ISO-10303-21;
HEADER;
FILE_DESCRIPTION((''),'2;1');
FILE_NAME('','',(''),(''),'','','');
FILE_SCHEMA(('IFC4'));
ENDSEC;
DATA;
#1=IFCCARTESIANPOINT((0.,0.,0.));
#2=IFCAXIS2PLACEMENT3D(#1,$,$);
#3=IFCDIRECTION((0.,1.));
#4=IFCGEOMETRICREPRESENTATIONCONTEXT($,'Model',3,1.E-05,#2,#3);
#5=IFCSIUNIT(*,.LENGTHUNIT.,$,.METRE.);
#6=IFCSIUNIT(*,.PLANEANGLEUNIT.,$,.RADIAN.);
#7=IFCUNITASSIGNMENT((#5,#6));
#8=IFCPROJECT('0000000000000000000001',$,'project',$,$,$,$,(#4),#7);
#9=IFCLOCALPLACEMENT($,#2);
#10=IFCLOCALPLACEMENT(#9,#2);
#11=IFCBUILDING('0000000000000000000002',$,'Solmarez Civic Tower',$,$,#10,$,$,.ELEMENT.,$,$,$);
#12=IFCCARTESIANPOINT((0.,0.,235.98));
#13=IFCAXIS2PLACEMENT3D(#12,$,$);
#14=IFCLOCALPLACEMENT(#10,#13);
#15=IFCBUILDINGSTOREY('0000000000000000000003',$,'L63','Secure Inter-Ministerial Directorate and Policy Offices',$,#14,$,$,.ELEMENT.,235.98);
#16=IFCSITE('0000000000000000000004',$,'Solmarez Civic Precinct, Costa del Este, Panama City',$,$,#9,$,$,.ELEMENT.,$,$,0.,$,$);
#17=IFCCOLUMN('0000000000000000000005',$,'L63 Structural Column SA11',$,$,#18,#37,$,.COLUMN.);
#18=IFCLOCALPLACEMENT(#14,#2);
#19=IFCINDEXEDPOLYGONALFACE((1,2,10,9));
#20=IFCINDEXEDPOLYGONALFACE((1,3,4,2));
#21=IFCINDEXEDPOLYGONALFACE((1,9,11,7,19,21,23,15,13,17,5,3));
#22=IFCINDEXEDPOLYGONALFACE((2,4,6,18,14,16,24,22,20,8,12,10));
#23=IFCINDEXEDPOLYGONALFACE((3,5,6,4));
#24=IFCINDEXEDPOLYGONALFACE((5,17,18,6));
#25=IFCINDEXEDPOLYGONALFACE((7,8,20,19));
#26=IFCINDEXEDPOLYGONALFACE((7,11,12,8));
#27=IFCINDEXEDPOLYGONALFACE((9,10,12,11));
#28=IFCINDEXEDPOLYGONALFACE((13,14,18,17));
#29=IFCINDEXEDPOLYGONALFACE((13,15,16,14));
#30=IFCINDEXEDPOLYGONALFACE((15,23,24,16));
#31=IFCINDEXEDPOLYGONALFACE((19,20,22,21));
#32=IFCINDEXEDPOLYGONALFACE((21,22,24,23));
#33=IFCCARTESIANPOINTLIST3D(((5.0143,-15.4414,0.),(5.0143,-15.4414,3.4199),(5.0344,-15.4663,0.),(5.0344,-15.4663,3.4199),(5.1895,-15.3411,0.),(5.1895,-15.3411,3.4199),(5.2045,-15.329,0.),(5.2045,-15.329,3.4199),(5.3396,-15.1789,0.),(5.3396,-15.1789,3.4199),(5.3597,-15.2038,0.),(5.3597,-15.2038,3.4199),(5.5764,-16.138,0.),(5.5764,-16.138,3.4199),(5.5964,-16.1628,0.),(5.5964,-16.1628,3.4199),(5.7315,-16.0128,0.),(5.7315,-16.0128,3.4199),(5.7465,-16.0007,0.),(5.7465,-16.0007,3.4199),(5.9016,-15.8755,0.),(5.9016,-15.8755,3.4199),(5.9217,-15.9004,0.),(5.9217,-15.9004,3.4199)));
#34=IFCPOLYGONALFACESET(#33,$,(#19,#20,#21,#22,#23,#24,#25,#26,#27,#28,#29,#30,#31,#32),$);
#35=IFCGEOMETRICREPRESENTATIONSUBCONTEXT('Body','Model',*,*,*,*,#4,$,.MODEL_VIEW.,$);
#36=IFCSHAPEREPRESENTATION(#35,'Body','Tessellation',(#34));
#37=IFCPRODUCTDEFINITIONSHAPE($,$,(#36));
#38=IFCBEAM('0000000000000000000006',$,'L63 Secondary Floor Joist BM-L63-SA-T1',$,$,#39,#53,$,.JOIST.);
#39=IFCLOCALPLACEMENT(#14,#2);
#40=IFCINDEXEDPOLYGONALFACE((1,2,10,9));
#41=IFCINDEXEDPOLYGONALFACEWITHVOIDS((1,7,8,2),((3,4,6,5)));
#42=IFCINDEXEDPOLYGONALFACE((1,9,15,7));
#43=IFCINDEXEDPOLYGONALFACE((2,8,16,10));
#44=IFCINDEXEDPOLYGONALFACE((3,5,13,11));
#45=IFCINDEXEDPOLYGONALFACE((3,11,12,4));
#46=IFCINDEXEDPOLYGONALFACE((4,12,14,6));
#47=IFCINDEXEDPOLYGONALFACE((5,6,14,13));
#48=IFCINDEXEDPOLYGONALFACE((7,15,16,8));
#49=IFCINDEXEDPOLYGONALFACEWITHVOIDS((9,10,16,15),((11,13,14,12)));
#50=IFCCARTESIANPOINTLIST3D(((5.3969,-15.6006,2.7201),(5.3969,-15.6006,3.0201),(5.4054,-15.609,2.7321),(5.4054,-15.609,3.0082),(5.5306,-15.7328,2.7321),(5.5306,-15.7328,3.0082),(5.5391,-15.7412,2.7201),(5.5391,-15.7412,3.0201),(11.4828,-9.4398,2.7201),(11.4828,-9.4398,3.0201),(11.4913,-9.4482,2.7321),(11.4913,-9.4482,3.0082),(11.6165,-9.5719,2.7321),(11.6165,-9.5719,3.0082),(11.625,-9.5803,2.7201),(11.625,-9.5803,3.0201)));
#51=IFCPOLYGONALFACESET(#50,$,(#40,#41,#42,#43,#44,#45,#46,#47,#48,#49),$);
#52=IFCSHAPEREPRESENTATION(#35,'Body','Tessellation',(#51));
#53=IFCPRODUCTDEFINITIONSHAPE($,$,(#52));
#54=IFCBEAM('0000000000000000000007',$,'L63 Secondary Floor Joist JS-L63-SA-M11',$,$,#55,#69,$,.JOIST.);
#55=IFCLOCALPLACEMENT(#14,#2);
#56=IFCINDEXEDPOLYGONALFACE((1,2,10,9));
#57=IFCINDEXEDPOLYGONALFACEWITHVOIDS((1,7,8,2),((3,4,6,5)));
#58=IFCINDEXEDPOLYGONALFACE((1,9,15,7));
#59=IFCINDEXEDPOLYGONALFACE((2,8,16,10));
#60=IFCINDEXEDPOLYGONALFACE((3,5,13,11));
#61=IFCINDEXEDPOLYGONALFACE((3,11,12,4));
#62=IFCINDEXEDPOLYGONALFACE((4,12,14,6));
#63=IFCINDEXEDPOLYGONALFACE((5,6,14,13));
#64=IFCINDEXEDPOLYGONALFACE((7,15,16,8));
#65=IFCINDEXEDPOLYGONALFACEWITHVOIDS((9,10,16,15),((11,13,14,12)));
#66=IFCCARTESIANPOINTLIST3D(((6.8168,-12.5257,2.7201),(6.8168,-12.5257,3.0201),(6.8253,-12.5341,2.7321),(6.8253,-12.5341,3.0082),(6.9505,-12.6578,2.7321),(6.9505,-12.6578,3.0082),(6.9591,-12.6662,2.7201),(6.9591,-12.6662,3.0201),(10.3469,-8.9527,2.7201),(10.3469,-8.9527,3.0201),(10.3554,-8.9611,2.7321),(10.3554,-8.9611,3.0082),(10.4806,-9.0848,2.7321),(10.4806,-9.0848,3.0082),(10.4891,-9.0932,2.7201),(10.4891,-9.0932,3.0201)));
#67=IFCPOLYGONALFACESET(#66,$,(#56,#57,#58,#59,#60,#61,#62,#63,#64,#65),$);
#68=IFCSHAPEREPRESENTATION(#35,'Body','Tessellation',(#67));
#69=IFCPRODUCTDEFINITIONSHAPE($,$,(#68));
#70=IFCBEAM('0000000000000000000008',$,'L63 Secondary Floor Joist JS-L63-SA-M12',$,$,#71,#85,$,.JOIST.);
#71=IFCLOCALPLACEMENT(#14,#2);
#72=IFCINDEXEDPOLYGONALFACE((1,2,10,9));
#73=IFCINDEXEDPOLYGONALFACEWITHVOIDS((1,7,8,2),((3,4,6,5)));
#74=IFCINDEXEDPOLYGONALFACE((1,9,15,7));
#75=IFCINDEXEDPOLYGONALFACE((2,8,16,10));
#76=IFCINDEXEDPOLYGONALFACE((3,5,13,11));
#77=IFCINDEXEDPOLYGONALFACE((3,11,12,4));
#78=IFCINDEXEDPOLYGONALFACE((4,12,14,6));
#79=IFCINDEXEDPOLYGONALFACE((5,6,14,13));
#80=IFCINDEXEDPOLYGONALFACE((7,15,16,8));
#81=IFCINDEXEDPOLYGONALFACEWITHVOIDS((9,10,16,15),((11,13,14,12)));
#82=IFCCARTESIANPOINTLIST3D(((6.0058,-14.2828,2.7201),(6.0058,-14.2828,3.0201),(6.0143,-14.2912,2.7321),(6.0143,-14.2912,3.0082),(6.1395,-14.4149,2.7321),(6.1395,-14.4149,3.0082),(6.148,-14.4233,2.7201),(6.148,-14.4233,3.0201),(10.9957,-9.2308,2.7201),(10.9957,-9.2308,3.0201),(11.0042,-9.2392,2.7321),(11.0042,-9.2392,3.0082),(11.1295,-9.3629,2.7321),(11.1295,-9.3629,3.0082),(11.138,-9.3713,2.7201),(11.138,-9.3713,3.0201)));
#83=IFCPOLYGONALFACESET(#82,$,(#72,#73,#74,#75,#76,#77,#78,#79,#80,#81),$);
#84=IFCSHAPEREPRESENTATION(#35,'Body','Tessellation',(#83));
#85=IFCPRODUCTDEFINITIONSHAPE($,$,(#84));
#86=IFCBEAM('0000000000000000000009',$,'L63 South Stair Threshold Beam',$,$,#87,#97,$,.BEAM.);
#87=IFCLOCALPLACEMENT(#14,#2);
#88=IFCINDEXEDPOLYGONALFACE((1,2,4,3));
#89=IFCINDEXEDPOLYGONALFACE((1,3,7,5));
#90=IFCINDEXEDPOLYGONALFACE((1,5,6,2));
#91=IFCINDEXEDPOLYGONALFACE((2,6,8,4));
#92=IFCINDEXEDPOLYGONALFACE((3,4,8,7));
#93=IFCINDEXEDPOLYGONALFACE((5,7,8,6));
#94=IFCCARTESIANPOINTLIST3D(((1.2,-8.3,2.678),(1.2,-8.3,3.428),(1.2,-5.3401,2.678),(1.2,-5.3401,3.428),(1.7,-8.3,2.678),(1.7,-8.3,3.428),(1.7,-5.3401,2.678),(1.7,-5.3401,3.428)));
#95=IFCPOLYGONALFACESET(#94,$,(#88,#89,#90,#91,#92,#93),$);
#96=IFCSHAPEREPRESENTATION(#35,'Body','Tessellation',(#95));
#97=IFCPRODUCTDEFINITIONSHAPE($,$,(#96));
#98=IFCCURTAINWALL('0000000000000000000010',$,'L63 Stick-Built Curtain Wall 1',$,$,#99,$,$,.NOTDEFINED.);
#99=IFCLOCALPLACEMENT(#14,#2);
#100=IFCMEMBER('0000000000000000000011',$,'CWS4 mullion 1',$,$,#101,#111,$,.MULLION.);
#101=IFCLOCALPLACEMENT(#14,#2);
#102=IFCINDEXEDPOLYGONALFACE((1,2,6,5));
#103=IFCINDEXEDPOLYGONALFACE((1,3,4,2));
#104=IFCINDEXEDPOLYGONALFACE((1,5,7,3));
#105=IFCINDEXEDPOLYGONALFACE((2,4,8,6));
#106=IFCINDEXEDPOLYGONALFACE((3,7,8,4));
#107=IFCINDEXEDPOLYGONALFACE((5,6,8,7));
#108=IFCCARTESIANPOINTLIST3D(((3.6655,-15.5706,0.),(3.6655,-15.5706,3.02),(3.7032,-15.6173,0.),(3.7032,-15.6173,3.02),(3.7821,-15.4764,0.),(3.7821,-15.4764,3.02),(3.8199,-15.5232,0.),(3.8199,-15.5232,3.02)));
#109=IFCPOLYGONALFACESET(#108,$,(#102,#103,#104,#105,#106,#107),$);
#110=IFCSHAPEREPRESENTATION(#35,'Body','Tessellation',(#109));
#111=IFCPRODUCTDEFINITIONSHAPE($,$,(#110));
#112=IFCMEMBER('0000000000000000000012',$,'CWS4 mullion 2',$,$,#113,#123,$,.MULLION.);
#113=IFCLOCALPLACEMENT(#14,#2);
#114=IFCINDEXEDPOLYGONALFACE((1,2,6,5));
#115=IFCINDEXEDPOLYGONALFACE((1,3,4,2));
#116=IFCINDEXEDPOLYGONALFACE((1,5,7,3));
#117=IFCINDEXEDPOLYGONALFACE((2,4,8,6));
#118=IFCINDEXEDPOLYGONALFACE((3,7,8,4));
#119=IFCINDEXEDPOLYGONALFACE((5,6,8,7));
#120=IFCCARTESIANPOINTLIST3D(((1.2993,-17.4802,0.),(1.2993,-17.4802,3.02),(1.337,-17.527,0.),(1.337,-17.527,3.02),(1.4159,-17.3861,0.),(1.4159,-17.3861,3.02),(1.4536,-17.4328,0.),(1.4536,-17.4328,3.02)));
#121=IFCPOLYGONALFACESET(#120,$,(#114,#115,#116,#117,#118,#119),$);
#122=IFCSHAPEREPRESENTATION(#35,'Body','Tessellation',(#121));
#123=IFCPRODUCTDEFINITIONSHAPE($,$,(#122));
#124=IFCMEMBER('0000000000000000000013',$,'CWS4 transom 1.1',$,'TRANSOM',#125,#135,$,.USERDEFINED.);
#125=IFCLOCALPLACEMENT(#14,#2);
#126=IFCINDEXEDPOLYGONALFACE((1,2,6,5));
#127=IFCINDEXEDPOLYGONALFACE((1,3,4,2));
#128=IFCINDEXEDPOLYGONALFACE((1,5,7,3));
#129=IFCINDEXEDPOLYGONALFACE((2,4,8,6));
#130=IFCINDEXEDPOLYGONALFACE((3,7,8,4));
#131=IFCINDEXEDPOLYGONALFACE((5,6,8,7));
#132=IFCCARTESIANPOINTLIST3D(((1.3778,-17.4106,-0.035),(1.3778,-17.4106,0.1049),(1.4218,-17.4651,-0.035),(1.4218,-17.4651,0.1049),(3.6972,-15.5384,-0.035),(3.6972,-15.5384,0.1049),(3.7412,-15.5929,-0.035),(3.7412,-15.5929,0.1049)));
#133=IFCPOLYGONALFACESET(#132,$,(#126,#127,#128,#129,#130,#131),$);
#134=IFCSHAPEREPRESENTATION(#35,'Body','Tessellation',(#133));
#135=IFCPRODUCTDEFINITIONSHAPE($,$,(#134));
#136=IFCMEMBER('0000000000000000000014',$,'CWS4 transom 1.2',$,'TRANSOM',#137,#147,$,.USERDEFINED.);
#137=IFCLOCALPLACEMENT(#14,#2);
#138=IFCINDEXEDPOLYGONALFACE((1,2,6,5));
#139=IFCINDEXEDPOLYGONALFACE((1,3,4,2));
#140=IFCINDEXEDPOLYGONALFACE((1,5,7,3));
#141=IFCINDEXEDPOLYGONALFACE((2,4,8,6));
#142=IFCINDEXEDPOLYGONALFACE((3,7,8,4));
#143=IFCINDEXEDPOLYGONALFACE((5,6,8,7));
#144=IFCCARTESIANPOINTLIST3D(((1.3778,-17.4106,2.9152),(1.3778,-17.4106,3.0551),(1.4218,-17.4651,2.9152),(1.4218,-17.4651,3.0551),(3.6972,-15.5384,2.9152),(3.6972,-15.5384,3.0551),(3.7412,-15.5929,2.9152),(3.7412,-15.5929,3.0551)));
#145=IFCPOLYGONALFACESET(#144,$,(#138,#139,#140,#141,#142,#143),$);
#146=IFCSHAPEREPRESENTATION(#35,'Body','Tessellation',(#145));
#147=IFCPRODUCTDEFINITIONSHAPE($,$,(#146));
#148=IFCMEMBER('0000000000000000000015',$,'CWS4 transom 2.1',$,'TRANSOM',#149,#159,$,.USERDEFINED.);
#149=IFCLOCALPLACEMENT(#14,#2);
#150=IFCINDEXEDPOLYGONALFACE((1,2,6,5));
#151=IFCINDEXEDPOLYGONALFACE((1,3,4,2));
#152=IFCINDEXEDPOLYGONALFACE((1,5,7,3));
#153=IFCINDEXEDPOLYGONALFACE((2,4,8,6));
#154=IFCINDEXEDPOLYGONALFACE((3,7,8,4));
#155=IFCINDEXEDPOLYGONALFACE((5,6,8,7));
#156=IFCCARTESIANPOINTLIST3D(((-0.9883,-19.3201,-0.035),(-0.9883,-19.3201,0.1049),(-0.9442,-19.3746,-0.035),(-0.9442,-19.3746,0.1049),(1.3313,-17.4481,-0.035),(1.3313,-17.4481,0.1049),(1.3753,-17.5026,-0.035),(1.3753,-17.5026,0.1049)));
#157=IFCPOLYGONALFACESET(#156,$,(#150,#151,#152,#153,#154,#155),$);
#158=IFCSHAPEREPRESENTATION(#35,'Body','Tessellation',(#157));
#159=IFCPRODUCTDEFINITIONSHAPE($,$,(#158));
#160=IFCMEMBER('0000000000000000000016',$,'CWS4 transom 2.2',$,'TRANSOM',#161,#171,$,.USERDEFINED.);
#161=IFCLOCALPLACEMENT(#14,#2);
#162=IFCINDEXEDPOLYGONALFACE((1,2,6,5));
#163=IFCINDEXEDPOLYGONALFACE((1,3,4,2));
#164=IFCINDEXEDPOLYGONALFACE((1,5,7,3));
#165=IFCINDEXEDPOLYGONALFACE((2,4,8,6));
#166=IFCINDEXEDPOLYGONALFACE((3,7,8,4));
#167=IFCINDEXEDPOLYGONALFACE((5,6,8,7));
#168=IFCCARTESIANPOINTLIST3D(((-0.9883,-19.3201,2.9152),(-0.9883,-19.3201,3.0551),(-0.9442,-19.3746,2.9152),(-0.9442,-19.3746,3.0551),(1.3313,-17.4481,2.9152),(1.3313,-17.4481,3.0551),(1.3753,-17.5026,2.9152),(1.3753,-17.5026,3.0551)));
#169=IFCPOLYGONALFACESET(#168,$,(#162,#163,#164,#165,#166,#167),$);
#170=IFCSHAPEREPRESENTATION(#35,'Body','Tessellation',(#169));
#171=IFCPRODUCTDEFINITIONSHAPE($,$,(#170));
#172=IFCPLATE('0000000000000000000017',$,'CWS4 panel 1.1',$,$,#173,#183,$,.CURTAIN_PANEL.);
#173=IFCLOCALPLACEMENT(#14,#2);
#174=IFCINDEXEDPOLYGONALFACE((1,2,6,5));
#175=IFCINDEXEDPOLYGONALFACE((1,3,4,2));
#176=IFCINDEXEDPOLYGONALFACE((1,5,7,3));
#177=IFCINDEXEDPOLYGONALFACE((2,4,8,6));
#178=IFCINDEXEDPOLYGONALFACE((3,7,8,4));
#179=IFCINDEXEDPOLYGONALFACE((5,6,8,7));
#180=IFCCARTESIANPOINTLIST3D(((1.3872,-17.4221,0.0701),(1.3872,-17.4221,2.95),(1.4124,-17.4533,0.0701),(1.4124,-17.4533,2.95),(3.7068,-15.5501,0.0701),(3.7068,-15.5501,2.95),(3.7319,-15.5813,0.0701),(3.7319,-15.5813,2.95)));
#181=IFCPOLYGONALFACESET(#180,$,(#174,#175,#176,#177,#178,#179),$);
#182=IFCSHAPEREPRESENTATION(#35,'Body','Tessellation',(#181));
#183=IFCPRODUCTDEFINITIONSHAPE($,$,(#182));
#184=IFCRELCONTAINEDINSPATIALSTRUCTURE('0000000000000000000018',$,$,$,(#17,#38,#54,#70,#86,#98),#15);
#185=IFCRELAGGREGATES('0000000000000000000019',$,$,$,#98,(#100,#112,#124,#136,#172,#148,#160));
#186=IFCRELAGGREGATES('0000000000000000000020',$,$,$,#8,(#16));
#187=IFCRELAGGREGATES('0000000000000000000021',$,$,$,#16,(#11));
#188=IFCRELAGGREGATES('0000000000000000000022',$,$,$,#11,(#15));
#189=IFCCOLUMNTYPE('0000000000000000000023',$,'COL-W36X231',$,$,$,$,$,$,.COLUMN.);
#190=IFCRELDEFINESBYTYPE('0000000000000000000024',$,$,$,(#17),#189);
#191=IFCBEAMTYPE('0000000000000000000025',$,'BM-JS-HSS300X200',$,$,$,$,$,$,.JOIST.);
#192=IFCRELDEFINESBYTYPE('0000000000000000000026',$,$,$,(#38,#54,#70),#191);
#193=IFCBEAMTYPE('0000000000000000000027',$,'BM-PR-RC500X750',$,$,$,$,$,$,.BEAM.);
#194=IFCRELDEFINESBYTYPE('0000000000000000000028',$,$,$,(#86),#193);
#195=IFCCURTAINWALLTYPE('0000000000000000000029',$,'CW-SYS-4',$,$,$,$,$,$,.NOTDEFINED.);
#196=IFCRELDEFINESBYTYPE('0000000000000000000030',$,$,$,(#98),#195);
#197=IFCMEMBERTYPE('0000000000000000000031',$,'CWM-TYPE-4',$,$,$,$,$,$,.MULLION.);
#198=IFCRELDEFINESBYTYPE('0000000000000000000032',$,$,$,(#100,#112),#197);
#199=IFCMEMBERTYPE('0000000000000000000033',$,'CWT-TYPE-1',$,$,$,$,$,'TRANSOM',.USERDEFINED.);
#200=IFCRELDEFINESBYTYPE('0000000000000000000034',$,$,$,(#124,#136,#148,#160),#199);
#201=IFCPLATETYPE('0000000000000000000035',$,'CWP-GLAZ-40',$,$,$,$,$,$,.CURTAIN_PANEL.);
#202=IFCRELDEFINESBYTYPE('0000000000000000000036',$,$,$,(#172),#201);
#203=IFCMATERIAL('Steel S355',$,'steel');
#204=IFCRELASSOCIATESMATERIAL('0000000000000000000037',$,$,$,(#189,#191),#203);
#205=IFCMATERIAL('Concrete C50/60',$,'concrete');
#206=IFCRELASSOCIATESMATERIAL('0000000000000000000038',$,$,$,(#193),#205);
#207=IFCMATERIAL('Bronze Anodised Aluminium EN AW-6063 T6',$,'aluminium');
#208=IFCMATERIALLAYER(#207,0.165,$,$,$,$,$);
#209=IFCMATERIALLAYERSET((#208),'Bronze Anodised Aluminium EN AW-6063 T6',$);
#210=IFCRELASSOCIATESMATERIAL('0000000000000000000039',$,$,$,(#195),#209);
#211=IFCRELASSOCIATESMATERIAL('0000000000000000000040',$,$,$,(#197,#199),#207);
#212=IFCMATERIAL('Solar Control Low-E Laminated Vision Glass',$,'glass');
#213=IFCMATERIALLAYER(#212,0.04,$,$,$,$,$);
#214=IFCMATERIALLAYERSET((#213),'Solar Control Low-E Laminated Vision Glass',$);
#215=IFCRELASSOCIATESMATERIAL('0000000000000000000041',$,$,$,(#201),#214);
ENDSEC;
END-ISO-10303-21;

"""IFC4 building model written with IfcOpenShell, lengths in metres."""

from ifc_helpers import new_model, si_unit, direction, frame, origin, origin_2d, place, context, subcontext, project, spatial, rectangle, hollow_rectangle, i_section, extrude, material, layer, layer_set, material_profile, profile_set, type_object, element, aggregate, save


model = new_model("IFC4")

# Units and contexts
model_context = context("Model", 3, precision=1e-05, world=origin(), true_north=direction((0.0, 1.0)))
body_context = subcontext(model_context, "Body", "Model", "MODEL_VIEW")
ifc_project = project(units=[si_unit("LENGTHUNIT", "METRE"), si_unit("PLANEANGLEUNIT", "RADIAN")], contexts=[model_context])

# Site, building, storey
site_placement = place(None, origin())
site = spatial("IfcSite", under=ifc_project, at=site_placement, Name="Solmarez Civic Precinct, Costa del Este, Panama City", CompositionType="ELEMENT", RefElevation=0.0)
building_placement = place(site_placement, origin())
building = spatial("IfcBuilding", under=site, at=building_placement, Name="Solmarez Civic Tower", CompositionType="ELEMENT")
storey_placement = place(building_placement, frame((0.0, 0.0, 235.98)))
storey = spatial("IfcBuildingStorey", under=building, at=storey_placement, Name="L63", Description="Secure Inter-Ministerial Directorate and Policy Offices", CompositionType="ELEMENT", Elevation=235.98)

# Column
ifc_material_1 = material(Name="Steel S355", Category="steel")
ifc_material_profile_1 = material_profile(ifc_material_1, i_section(OverallWidth=0.418, OverallDepth=0.927, WebThickness=0.0193, FlangeThickness=0.032, at=origin_2d()), Name="W36X231")
ifc_profile_set_1 = profile_set([ifc_material_profile_1], Name="Steel S355")
column_type = type_object("IfcColumnType", Name="COL-W36X231", PredefinedType="COLUMN", material=ifc_profile_set_1)
column_placement = place(storey_placement, frame((5.468, -15.6709, 0.0), z_axis=(0.0, 0.0, 1.0), x_axis=(0.778243, 0.627963, 0.0)))
element("IfcColumn", 1, at=column_placement, inside=storey, type_object=column_type, Name="L63 Structural Column SA11", PredefinedType="COLUMN", context=body_context, shape_type="SweptSolid", body=[
    extrude(i_section(OverallWidth=0.418, OverallDepth=0.927, WebThickness=0.0193, FlangeThickness=0.032, at=origin_2d()), origin(), (0.0, 0.0, 1.0), 3.4199),
])

# Beams
ifc_material_profile_2 = material_profile(ifc_material_1, hollow_rectangle(XDim=0.2, YDim=0.3, WallThickness=0.012, at=origin_2d()), Name="HSS300X200X12")
ifc_profile_set_2 = profile_set([ifc_material_profile_2], Name="Steel S355")
beam_type_1 = type_object("IfcBeamType", Name="BM-JS-HSS300X200", PredefinedType="JOIST", material=ifc_profile_set_2)
beam_1_placement = place(storey_placement, frame((5.468, -15.6709, 2.8701), z_axis=(0.702766, 0.711421, 0.0), x_axis=(-0.711421, 0.702766, 0.0)))
element("IfcBeam", 2, at=beam_1_placement, inside=storey, type_object=beam_type_1, Name="L63 Secondary Floor Joist BM-L63-SA-T1", PredefinedType="JOIST", context=body_context, shape_type="SweptSolid", body=[
    extrude(hollow_rectangle(XDim=0.2, YDim=0.3, WallThickness=0.012, at=origin_2d()), origin(), (0.0, 0.0, 1.0), 8.6599),
])
beam_2_placement = place(storey_placement, frame((6.8879, -12.5959, 2.8701), z_axis=(0.702816, 0.711371, 0.0), x_axis=(-0.711371, 0.702816, 0.0)))
element("IfcBeam", 3, at=beam_2_placement, inside=storey, type_object=beam_type_1, Name="L63 Secondary Floor Joist JS-L63-SA-M11", PredefinedType="JOIST", context=body_context, shape_type="SweptSolid", body=[
    extrude(hollow_rectangle(XDim=0.2, YDim=0.3, WallThickness=0.012, at=origin_2d()), origin(), (0.0, 0.0, 1.0), 5.0227),
])
beam_3_placement = place(storey_placement, frame((6.0769, -14.353, 2.8701), z_axis=(0.702727, 0.71146, 0.0), x_axis=(-0.71146, 0.702727, 0.0)))
element("IfcBeam", 4, at=beam_3_placement, inside=storey, type_object=beam_type_1, Name="L63 Secondary Floor Joist JS-L63-SA-M12", PredefinedType="JOIST", context=body_context, shape_type="SweptSolid", body=[
    extrude(hollow_rectangle(XDim=0.2, YDim=0.3, WallThickness=0.012, at=origin_2d()), origin(), (0.0, 0.0, 1.0), 7.1008),
])
ifc_material_2 = material(Name="Concrete C50/60", Category="concrete")
ifc_material_profile_3 = material_profile(ifc_material_2, rectangle(XDim=0.5, YDim=0.75, at=origin_2d()), Name="RC500X750")
ifc_profile_set_3 = profile_set([ifc_material_profile_3], Name="Concrete C50/60")
beam_type_2 = type_object("IfcBeamType", Name="BM-PR-RC500X750", PredefinedType="BEAM", material=ifc_profile_set_3)
beam_4_placement = place(storey_placement, frame((1.45, -8.3, 3.053), z_axis=(0.0, 1.0, 0.0), x_axis=(-1.0, 0.0, 0.0)))
element("IfcBeam", 5, at=beam_4_placement, inside=storey, type_object=beam_type_2, Name="L63 South Stair Threshold Beam", PredefinedType="BEAM", context=body_context, shape_type="SweptSolid", body=[
    extrude(rectangle(XDim=0.5, YDim=0.75, at=origin_2d()), origin(), (0.0, 0.0, 1.0), 2.96),
])

# Curtain wall, members, plate
ifc_material_3 = material(Name="Bronze Anodised Aluminium EN AW-6063 T6", Category="aluminium")
ifc_layer_1 = layer(ifc_material_3, 0.165)
ifc_layer_set_1 = layer_set([ifc_layer_1], Name="Bronze Anodised Aluminium EN AW-6063 T6")
curtain_wall_type = type_object("IfcCurtainWallType", Name="CW-SYS-4", PredefinedType="NOTDEFINED", material=ifc_layer_set_1)
curtain_wall_placement = place(storey_placement, origin())
curtain_wall = element("IfcCurtainWall", 6, at=curtain_wall_placement, inside=storey, type_object=curtain_wall_type, Name="L63 Stick-Built Curtain Wall 1", PredefinedType="NOTDEFINED")
ifc_material_profile_4 = material_profile(ifc_material_3, rectangle(XDim=0.0601, YDim=0.1499, at=origin_2d()), Name="CWM-60X150")
ifc_profile_set_4 = profile_set([ifc_material_profile_4], Name="Bronze Anodised Aluminium EN AW-6063 T6")
member_type_1 = type_object("IfcMemberType", Name="CWM-TYPE-4", PredefinedType="MULLION", material=ifc_profile_set_4)
member_1_placement = place(storey_placement, frame((3.7427, -15.5469, 0.0), z_axis=(0.0, 0.0, 1.0), x_axis=(0.628045, -0.778177, 0.0)))
member_1 = element("IfcMember", 7, at=member_1_placement, type_object=member_type_1, Name="CWS4 mullion 1", PredefinedType="MULLION", context=body_context, shape_type="SweptSolid", body=[
    extrude(rectangle(XDim=0.0601, YDim=0.1499, at=origin_2d()), origin(), (0.0, 0.0, 1.0), 3.02),
])
member_2_placement = place(storey_placement, frame((1.3765, -17.4565, 0.0), z_axis=(0.0, 0.0, 1.0), x_axis=(0.628045, -0.778177, 0.0)))
member_2 = element("IfcMember", 8, at=member_2_placement, type_object=member_type_1, Name="CWS4 mullion 2", PredefinedType="MULLION", context=body_context, shape_type="SweptSolid", body=[
    extrude(rectangle(XDim=0.0601, YDim=0.1499, at=origin_2d()), origin(), (0.0, 0.0, 1.0), 3.02),
])
ifc_material_profile_5 = material_profile(ifc_material_3, rectangle(XDim=0.0701, YDim=0.1399, at=origin_2d()), Name="CWT-70X140")
ifc_profile_set_5 = profile_set([ifc_material_profile_5], Name="Bronze Anodised Aluminium EN AW-6063 T6")
member_type_2 = type_object("IfcMemberType", Name="CWT-TYPE-1", ElementType="TRANSOM", PredefinedType="USERDEFINED", material=ifc_profile_set_5)
member_3_placement = place(storey_placement, frame((3.7192, -15.5657, 0.0349), z_axis=(-0.778144, -0.628085, 0.0), x_axis=(0.628085, -0.778144, 0.0)))
member_3 = element("IfcMember", 9, at=member_3_placement, type_object=member_type_2, Name="CWS4 transom 1.1", ObjectType="TRANSOM", PredefinedType="USERDEFINED", context=body_context, shape_type="SweptSolid", body=[
    extrude(rectangle(XDim=0.0701, YDim=0.1399, at=origin_2d()), origin(), (0.0, 0.0, 1.0), 2.9807),
])
member_4_placement = place(storey_placement, frame((3.7192, -15.5657, 2.9851), z_axis=(-0.778144, -0.628085, 0.0), x_axis=(0.628085, -0.778144, 0.0)))
member_4 = element("IfcMember", 10, at=member_4_placement, type_object=member_type_2, Name="CWS4 transom 1.2", ObjectType="TRANSOM", PredefinedType="USERDEFINED", context=body_context, shape_type="SweptSolid", body=[
    extrude(rectangle(XDim=0.0701, YDim=0.1399, at=origin_2d()), origin(), (0.0, 0.0, 1.0), 2.9807),
])
member_5_placement = place(storey_placement, frame((1.3533, -17.4753, 0.0349), z_axis=(-0.778177, -0.628045, 0.0), x_axis=(0.628045, -0.778177, 0.0)))
member_5 = element("IfcMember", 11, at=member_5_placement, type_object=member_type_2, Name="CWS4 transom 2.1", ObjectType="TRANSOM", PredefinedType="USERDEFINED", context=body_context, shape_type="SweptSolid", body=[
    extrude(rectangle(XDim=0.0701, YDim=0.1399, at=origin_2d()), origin(), (0.0, 0.0, 1.0), 2.9807),
])
member_6_placement = place(storey_placement, frame((1.3533, -17.4753, 2.9851), z_axis=(-0.778177, -0.628045, 0.0), x_axis=(0.628045, -0.778177, 0.0)))
member_6 = element("IfcMember", 12, at=member_6_placement, type_object=member_type_2, Name="CWS4 transom 2.2", ObjectType="TRANSOM", PredefinedType="USERDEFINED", context=body_context, shape_type="SweptSolid", body=[
    extrude(rectangle(XDim=0.0701, YDim=0.1399, at=origin_2d()), origin(), (0.0, 0.0, 1.0), 2.9807),
])
ifc_material_4 = material(Name="Solar Control Low-E Laminated Vision Glass", Category="glass")
ifc_layer_2 = layer(ifc_material_4, 0.04)
ifc_layer_set_2 = layer_set([ifc_layer_2], Name="Solar Control Low-E Laminated Vision Glass")
plate_type_1 = type_object("IfcPlateType", Name="CWP-GLAZ-40", PredefinedType="CURTAIN_PANEL", material=ifc_layer_set_2)
plate_1_placement = place(storey_placement, frame((2.5596, -16.5017, 0.0701), z_axis=(0.0, 0.0, 1.0), x_axis=(-0.778177, -0.628045, 0.0)))
plate_1 = element("IfcPlate", 13, at=plate_1_placement, type_object=plate_type_1, Name="CWS4 panel 1.1", PredefinedType="CURTAIN_PANEL", context=body_context, shape_type="SweptSolid", body=[
    extrude(rectangle(XDim=2.9807, YDim=0.04, at=origin_2d()), origin(), (0.0, 0.0, 1.0), 2.8799),
])
aggregate(curtain_wall, [member_1, member_2, member_3, member_4, plate_1, member_5, member_6])

save(model, "model.ifc")
